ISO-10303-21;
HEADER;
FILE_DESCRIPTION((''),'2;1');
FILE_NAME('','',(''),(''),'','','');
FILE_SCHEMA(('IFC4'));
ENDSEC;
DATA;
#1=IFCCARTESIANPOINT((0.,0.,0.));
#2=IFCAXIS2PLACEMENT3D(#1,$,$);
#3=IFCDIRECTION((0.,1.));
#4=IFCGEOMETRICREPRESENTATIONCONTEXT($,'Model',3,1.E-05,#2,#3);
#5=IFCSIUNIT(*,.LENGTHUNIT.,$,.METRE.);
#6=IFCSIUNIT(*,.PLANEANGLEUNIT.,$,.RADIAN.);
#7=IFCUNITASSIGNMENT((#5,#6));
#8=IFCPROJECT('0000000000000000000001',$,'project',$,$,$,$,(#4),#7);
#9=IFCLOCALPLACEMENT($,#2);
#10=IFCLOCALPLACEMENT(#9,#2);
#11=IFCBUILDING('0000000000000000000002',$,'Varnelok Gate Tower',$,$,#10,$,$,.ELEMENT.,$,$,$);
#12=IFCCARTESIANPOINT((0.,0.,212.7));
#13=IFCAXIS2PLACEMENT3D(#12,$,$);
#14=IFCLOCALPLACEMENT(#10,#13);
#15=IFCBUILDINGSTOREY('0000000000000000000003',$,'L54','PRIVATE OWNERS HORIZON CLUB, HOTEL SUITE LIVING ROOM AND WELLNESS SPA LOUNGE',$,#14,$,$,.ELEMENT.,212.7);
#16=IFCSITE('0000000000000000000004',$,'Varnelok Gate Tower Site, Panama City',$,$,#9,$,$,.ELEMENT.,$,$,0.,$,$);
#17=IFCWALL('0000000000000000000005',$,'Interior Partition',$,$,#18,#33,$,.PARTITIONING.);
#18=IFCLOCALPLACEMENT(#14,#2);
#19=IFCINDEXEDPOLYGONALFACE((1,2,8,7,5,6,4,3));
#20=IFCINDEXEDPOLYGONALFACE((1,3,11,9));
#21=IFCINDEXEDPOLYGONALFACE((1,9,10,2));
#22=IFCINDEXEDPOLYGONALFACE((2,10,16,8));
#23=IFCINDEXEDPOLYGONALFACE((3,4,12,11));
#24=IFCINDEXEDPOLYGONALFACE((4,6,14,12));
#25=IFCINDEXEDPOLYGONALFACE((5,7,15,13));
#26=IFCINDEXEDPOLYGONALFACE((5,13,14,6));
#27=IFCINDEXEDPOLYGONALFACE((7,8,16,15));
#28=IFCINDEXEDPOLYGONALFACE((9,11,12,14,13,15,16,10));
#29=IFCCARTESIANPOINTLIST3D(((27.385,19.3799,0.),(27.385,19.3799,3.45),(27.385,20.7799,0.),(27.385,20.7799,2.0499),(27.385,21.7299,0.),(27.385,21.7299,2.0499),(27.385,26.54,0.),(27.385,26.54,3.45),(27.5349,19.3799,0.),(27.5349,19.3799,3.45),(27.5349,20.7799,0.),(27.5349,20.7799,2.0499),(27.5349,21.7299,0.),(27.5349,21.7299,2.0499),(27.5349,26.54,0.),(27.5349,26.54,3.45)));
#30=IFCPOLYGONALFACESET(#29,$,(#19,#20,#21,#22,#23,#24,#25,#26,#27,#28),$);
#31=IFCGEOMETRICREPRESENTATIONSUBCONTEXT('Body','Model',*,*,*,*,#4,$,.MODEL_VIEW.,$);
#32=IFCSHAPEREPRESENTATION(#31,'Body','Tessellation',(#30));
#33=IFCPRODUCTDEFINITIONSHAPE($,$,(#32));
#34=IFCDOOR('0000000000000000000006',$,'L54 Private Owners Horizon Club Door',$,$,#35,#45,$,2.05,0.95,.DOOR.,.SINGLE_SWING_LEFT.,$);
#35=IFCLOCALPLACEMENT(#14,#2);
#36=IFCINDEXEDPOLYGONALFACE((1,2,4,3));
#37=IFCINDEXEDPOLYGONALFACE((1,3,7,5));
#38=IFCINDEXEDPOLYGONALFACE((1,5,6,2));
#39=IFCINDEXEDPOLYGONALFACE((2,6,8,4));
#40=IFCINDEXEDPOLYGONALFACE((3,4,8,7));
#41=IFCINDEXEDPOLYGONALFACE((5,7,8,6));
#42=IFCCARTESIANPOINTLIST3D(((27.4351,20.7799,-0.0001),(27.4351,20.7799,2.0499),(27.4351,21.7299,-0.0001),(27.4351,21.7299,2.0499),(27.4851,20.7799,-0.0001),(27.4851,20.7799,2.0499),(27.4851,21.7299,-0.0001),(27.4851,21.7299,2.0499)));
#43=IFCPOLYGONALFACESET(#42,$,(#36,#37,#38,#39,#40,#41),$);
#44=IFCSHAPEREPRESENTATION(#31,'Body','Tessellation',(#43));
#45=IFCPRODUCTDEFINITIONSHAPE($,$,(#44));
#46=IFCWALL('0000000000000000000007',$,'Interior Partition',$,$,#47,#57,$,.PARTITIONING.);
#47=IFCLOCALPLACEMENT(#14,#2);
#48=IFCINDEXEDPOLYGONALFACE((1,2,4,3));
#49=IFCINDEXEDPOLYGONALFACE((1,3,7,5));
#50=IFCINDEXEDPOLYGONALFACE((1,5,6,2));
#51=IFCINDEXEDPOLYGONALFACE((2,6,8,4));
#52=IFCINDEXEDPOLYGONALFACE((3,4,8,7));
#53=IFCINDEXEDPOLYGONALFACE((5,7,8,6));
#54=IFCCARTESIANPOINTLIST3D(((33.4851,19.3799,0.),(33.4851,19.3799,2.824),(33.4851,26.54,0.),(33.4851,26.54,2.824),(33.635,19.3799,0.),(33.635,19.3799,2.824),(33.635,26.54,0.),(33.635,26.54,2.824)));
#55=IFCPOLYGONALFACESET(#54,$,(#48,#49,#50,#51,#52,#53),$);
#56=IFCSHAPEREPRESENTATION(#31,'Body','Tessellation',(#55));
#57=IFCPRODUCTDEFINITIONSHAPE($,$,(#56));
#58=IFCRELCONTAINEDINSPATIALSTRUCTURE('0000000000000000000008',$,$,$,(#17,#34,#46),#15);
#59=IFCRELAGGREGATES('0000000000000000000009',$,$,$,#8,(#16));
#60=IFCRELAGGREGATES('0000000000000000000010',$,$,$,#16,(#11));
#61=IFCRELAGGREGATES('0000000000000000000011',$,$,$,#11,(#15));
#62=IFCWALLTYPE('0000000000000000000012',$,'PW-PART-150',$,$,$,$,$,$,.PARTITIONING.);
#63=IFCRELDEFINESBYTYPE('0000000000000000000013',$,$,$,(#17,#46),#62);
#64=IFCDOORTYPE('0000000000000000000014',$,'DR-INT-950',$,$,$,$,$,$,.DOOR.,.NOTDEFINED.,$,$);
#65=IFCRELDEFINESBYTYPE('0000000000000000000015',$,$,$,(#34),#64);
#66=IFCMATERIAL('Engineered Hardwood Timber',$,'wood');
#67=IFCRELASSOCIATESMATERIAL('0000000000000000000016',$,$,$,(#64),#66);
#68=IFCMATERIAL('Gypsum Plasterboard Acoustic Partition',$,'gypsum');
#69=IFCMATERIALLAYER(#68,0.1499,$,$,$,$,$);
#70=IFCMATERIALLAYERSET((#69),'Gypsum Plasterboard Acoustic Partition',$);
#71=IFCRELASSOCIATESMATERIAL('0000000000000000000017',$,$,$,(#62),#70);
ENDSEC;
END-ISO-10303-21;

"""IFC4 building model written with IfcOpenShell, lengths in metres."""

from ifc_helpers import new_model, si_unit, direction, frame, frame_2d, origin, place, context, subcontext, project, spatial, rectangle, extrude, material, layer, layer_set, type_object, element, fill, save


model = new_model("IFC4")

# Units and contexts
model_context = context("Model", 3, precision=1e-05, world=origin(), true_north=direction((0.0, 1.0)))
body_context = subcontext(model_context, "Body", "Model", "MODEL_VIEW")
ifc_project = project(units=[si_unit("LENGTHUNIT", "METRE"), si_unit("PLANEANGLEUNIT", "RADIAN")], contexts=[model_context])

# Site, building, storey
site_placement = place(None, origin())
site = spatial("IfcSite", under=ifc_project, at=site_placement, Name="Varnelok Gate Tower Site, Panama City", CompositionType="ELEMENT", RefElevation=0.0)
building_placement = place(site_placement, origin())
building = spatial("IfcBuilding", under=site, at=building_placement, Name="Varnelok Gate Tower", CompositionType="ELEMENT")
storey_placement = place(building_placement, frame((0.0, 0.0, 212.7)))
storey = spatial("IfcBuildingStorey", under=building, at=storey_placement, Name="L54", Description="PRIVATE OWNERS HORIZON CLUB, HOTEL SUITE LIVING ROOM AND WELLNESS SPA LOUNGE", CompositionType="ELEMENT", Elevation=212.7)

# Shared definitions
ifc_material_1 = material(Name="Gypsum Plasterboard Acoustic Partition", Category="gypsum")
ifc_material_2 = material(Name="Engineered Hardwood Timber", Category="wood")
door_type_1 = type_object("IfcDoorType", Name="DR-INT-950", OperationType="NOTDEFINED", PredefinedType="DOOR", material=ifc_material_2)

# Shared definitions
ifc_layer_1 = layer(ifc_material_1, 0.1499)
ifc_layer_set_1 = layer_set([ifc_layer_1], Name="Gypsum Plasterboard Acoustic Partition")
wall_type_1 = type_object("IfcWallType", Name="PW-PART-150", PredefinedType="PARTITIONING", material=ifc_layer_set_1)

# Wall, opening, door
wall_1_placement = place(storey_placement, frame((27.46, 19.3799, 0.0), z_axis=(0.0, 0.0, 1.0), x_axis=(0.0, 1.0, 0.0)))
wall_1 = element("IfcWall", 1, at=wall_1_placement, inside=storey, type_object=wall_type_1, Name="Interior Partition", PredefinedType="PARTITIONING", context=body_context, shape_type="SweptSolid", body=[
    extrude(rectangle(XDim=7.1602, YDim=0.1499, at=frame_2d((3.5801, 0.0))), origin(), (0.0, 0.0, 1.0), 3.45),
])
opening_1_placement = place(wall_1_placement, frame((1.3999, 0.0, 0.0)))
opening_1 = element("IfcOpeningElement", 2, at=opening_1_placement, cuts=wall_1, PredefinedType="OPENING", context=body_context, shape_type="SweptSolid", body=[
    extrude(rectangle(XDim=0.95, YDim=2.05, at=frame_2d((0.4751, 1.0249))), frame((0.0, 0.085, 0.0), z_axis=(0.0, -1.0, 0.0), x_axis=(1.0, 0.0, 0.0)), (0.0, 0.0, 1.0), 0.1699),
])
door_1_placement = place(opening_1_placement, origin())
door_1 = element("IfcDoor", 3, at=door_1_placement, inside=storey, type_object=door_type_1, Name="L54 Private Owners Horizon Club Door", OperationType="SINGLE_SWING_LEFT", OverallHeight=2.05, OverallWidth=0.95, PredefinedType="DOOR", context=body_context, shape_type="SweptSolid", body=[
    extrude(rectangle(XDim=0.95, YDim=2.05, at=frame_2d((0.4751, 1.0249))), frame((0.0, 0.0249, 0.0), z_axis=(0.0, -1.0, 0.0), x_axis=(1.0, 0.0, 0.0)), (0.0, 0.0, 1.0), 0.05),
])
fill(opening_1, door_1)

# Wall
wall_2_placement = place(storey_placement, frame((33.5601, 19.3799, 0.0), z_axis=(0.0, 0.0, 1.0), x_axis=(0.0, 1.0, 0.0)))
element("IfcWall", 4, at=wall_2_placement, inside=storey, type_object=wall_type_1, Name="Interior Partition", PredefinedType="PARTITIONING", context=body_context, shape_type="SweptSolid", body=[
    extrude(rectangle(XDim=7.1602, YDim=0.1499, at=frame_2d((3.5801, 0.0))), origin(), (0.0, 0.0, 1.0), 2.824),
])

save(model, "model.ifc")
